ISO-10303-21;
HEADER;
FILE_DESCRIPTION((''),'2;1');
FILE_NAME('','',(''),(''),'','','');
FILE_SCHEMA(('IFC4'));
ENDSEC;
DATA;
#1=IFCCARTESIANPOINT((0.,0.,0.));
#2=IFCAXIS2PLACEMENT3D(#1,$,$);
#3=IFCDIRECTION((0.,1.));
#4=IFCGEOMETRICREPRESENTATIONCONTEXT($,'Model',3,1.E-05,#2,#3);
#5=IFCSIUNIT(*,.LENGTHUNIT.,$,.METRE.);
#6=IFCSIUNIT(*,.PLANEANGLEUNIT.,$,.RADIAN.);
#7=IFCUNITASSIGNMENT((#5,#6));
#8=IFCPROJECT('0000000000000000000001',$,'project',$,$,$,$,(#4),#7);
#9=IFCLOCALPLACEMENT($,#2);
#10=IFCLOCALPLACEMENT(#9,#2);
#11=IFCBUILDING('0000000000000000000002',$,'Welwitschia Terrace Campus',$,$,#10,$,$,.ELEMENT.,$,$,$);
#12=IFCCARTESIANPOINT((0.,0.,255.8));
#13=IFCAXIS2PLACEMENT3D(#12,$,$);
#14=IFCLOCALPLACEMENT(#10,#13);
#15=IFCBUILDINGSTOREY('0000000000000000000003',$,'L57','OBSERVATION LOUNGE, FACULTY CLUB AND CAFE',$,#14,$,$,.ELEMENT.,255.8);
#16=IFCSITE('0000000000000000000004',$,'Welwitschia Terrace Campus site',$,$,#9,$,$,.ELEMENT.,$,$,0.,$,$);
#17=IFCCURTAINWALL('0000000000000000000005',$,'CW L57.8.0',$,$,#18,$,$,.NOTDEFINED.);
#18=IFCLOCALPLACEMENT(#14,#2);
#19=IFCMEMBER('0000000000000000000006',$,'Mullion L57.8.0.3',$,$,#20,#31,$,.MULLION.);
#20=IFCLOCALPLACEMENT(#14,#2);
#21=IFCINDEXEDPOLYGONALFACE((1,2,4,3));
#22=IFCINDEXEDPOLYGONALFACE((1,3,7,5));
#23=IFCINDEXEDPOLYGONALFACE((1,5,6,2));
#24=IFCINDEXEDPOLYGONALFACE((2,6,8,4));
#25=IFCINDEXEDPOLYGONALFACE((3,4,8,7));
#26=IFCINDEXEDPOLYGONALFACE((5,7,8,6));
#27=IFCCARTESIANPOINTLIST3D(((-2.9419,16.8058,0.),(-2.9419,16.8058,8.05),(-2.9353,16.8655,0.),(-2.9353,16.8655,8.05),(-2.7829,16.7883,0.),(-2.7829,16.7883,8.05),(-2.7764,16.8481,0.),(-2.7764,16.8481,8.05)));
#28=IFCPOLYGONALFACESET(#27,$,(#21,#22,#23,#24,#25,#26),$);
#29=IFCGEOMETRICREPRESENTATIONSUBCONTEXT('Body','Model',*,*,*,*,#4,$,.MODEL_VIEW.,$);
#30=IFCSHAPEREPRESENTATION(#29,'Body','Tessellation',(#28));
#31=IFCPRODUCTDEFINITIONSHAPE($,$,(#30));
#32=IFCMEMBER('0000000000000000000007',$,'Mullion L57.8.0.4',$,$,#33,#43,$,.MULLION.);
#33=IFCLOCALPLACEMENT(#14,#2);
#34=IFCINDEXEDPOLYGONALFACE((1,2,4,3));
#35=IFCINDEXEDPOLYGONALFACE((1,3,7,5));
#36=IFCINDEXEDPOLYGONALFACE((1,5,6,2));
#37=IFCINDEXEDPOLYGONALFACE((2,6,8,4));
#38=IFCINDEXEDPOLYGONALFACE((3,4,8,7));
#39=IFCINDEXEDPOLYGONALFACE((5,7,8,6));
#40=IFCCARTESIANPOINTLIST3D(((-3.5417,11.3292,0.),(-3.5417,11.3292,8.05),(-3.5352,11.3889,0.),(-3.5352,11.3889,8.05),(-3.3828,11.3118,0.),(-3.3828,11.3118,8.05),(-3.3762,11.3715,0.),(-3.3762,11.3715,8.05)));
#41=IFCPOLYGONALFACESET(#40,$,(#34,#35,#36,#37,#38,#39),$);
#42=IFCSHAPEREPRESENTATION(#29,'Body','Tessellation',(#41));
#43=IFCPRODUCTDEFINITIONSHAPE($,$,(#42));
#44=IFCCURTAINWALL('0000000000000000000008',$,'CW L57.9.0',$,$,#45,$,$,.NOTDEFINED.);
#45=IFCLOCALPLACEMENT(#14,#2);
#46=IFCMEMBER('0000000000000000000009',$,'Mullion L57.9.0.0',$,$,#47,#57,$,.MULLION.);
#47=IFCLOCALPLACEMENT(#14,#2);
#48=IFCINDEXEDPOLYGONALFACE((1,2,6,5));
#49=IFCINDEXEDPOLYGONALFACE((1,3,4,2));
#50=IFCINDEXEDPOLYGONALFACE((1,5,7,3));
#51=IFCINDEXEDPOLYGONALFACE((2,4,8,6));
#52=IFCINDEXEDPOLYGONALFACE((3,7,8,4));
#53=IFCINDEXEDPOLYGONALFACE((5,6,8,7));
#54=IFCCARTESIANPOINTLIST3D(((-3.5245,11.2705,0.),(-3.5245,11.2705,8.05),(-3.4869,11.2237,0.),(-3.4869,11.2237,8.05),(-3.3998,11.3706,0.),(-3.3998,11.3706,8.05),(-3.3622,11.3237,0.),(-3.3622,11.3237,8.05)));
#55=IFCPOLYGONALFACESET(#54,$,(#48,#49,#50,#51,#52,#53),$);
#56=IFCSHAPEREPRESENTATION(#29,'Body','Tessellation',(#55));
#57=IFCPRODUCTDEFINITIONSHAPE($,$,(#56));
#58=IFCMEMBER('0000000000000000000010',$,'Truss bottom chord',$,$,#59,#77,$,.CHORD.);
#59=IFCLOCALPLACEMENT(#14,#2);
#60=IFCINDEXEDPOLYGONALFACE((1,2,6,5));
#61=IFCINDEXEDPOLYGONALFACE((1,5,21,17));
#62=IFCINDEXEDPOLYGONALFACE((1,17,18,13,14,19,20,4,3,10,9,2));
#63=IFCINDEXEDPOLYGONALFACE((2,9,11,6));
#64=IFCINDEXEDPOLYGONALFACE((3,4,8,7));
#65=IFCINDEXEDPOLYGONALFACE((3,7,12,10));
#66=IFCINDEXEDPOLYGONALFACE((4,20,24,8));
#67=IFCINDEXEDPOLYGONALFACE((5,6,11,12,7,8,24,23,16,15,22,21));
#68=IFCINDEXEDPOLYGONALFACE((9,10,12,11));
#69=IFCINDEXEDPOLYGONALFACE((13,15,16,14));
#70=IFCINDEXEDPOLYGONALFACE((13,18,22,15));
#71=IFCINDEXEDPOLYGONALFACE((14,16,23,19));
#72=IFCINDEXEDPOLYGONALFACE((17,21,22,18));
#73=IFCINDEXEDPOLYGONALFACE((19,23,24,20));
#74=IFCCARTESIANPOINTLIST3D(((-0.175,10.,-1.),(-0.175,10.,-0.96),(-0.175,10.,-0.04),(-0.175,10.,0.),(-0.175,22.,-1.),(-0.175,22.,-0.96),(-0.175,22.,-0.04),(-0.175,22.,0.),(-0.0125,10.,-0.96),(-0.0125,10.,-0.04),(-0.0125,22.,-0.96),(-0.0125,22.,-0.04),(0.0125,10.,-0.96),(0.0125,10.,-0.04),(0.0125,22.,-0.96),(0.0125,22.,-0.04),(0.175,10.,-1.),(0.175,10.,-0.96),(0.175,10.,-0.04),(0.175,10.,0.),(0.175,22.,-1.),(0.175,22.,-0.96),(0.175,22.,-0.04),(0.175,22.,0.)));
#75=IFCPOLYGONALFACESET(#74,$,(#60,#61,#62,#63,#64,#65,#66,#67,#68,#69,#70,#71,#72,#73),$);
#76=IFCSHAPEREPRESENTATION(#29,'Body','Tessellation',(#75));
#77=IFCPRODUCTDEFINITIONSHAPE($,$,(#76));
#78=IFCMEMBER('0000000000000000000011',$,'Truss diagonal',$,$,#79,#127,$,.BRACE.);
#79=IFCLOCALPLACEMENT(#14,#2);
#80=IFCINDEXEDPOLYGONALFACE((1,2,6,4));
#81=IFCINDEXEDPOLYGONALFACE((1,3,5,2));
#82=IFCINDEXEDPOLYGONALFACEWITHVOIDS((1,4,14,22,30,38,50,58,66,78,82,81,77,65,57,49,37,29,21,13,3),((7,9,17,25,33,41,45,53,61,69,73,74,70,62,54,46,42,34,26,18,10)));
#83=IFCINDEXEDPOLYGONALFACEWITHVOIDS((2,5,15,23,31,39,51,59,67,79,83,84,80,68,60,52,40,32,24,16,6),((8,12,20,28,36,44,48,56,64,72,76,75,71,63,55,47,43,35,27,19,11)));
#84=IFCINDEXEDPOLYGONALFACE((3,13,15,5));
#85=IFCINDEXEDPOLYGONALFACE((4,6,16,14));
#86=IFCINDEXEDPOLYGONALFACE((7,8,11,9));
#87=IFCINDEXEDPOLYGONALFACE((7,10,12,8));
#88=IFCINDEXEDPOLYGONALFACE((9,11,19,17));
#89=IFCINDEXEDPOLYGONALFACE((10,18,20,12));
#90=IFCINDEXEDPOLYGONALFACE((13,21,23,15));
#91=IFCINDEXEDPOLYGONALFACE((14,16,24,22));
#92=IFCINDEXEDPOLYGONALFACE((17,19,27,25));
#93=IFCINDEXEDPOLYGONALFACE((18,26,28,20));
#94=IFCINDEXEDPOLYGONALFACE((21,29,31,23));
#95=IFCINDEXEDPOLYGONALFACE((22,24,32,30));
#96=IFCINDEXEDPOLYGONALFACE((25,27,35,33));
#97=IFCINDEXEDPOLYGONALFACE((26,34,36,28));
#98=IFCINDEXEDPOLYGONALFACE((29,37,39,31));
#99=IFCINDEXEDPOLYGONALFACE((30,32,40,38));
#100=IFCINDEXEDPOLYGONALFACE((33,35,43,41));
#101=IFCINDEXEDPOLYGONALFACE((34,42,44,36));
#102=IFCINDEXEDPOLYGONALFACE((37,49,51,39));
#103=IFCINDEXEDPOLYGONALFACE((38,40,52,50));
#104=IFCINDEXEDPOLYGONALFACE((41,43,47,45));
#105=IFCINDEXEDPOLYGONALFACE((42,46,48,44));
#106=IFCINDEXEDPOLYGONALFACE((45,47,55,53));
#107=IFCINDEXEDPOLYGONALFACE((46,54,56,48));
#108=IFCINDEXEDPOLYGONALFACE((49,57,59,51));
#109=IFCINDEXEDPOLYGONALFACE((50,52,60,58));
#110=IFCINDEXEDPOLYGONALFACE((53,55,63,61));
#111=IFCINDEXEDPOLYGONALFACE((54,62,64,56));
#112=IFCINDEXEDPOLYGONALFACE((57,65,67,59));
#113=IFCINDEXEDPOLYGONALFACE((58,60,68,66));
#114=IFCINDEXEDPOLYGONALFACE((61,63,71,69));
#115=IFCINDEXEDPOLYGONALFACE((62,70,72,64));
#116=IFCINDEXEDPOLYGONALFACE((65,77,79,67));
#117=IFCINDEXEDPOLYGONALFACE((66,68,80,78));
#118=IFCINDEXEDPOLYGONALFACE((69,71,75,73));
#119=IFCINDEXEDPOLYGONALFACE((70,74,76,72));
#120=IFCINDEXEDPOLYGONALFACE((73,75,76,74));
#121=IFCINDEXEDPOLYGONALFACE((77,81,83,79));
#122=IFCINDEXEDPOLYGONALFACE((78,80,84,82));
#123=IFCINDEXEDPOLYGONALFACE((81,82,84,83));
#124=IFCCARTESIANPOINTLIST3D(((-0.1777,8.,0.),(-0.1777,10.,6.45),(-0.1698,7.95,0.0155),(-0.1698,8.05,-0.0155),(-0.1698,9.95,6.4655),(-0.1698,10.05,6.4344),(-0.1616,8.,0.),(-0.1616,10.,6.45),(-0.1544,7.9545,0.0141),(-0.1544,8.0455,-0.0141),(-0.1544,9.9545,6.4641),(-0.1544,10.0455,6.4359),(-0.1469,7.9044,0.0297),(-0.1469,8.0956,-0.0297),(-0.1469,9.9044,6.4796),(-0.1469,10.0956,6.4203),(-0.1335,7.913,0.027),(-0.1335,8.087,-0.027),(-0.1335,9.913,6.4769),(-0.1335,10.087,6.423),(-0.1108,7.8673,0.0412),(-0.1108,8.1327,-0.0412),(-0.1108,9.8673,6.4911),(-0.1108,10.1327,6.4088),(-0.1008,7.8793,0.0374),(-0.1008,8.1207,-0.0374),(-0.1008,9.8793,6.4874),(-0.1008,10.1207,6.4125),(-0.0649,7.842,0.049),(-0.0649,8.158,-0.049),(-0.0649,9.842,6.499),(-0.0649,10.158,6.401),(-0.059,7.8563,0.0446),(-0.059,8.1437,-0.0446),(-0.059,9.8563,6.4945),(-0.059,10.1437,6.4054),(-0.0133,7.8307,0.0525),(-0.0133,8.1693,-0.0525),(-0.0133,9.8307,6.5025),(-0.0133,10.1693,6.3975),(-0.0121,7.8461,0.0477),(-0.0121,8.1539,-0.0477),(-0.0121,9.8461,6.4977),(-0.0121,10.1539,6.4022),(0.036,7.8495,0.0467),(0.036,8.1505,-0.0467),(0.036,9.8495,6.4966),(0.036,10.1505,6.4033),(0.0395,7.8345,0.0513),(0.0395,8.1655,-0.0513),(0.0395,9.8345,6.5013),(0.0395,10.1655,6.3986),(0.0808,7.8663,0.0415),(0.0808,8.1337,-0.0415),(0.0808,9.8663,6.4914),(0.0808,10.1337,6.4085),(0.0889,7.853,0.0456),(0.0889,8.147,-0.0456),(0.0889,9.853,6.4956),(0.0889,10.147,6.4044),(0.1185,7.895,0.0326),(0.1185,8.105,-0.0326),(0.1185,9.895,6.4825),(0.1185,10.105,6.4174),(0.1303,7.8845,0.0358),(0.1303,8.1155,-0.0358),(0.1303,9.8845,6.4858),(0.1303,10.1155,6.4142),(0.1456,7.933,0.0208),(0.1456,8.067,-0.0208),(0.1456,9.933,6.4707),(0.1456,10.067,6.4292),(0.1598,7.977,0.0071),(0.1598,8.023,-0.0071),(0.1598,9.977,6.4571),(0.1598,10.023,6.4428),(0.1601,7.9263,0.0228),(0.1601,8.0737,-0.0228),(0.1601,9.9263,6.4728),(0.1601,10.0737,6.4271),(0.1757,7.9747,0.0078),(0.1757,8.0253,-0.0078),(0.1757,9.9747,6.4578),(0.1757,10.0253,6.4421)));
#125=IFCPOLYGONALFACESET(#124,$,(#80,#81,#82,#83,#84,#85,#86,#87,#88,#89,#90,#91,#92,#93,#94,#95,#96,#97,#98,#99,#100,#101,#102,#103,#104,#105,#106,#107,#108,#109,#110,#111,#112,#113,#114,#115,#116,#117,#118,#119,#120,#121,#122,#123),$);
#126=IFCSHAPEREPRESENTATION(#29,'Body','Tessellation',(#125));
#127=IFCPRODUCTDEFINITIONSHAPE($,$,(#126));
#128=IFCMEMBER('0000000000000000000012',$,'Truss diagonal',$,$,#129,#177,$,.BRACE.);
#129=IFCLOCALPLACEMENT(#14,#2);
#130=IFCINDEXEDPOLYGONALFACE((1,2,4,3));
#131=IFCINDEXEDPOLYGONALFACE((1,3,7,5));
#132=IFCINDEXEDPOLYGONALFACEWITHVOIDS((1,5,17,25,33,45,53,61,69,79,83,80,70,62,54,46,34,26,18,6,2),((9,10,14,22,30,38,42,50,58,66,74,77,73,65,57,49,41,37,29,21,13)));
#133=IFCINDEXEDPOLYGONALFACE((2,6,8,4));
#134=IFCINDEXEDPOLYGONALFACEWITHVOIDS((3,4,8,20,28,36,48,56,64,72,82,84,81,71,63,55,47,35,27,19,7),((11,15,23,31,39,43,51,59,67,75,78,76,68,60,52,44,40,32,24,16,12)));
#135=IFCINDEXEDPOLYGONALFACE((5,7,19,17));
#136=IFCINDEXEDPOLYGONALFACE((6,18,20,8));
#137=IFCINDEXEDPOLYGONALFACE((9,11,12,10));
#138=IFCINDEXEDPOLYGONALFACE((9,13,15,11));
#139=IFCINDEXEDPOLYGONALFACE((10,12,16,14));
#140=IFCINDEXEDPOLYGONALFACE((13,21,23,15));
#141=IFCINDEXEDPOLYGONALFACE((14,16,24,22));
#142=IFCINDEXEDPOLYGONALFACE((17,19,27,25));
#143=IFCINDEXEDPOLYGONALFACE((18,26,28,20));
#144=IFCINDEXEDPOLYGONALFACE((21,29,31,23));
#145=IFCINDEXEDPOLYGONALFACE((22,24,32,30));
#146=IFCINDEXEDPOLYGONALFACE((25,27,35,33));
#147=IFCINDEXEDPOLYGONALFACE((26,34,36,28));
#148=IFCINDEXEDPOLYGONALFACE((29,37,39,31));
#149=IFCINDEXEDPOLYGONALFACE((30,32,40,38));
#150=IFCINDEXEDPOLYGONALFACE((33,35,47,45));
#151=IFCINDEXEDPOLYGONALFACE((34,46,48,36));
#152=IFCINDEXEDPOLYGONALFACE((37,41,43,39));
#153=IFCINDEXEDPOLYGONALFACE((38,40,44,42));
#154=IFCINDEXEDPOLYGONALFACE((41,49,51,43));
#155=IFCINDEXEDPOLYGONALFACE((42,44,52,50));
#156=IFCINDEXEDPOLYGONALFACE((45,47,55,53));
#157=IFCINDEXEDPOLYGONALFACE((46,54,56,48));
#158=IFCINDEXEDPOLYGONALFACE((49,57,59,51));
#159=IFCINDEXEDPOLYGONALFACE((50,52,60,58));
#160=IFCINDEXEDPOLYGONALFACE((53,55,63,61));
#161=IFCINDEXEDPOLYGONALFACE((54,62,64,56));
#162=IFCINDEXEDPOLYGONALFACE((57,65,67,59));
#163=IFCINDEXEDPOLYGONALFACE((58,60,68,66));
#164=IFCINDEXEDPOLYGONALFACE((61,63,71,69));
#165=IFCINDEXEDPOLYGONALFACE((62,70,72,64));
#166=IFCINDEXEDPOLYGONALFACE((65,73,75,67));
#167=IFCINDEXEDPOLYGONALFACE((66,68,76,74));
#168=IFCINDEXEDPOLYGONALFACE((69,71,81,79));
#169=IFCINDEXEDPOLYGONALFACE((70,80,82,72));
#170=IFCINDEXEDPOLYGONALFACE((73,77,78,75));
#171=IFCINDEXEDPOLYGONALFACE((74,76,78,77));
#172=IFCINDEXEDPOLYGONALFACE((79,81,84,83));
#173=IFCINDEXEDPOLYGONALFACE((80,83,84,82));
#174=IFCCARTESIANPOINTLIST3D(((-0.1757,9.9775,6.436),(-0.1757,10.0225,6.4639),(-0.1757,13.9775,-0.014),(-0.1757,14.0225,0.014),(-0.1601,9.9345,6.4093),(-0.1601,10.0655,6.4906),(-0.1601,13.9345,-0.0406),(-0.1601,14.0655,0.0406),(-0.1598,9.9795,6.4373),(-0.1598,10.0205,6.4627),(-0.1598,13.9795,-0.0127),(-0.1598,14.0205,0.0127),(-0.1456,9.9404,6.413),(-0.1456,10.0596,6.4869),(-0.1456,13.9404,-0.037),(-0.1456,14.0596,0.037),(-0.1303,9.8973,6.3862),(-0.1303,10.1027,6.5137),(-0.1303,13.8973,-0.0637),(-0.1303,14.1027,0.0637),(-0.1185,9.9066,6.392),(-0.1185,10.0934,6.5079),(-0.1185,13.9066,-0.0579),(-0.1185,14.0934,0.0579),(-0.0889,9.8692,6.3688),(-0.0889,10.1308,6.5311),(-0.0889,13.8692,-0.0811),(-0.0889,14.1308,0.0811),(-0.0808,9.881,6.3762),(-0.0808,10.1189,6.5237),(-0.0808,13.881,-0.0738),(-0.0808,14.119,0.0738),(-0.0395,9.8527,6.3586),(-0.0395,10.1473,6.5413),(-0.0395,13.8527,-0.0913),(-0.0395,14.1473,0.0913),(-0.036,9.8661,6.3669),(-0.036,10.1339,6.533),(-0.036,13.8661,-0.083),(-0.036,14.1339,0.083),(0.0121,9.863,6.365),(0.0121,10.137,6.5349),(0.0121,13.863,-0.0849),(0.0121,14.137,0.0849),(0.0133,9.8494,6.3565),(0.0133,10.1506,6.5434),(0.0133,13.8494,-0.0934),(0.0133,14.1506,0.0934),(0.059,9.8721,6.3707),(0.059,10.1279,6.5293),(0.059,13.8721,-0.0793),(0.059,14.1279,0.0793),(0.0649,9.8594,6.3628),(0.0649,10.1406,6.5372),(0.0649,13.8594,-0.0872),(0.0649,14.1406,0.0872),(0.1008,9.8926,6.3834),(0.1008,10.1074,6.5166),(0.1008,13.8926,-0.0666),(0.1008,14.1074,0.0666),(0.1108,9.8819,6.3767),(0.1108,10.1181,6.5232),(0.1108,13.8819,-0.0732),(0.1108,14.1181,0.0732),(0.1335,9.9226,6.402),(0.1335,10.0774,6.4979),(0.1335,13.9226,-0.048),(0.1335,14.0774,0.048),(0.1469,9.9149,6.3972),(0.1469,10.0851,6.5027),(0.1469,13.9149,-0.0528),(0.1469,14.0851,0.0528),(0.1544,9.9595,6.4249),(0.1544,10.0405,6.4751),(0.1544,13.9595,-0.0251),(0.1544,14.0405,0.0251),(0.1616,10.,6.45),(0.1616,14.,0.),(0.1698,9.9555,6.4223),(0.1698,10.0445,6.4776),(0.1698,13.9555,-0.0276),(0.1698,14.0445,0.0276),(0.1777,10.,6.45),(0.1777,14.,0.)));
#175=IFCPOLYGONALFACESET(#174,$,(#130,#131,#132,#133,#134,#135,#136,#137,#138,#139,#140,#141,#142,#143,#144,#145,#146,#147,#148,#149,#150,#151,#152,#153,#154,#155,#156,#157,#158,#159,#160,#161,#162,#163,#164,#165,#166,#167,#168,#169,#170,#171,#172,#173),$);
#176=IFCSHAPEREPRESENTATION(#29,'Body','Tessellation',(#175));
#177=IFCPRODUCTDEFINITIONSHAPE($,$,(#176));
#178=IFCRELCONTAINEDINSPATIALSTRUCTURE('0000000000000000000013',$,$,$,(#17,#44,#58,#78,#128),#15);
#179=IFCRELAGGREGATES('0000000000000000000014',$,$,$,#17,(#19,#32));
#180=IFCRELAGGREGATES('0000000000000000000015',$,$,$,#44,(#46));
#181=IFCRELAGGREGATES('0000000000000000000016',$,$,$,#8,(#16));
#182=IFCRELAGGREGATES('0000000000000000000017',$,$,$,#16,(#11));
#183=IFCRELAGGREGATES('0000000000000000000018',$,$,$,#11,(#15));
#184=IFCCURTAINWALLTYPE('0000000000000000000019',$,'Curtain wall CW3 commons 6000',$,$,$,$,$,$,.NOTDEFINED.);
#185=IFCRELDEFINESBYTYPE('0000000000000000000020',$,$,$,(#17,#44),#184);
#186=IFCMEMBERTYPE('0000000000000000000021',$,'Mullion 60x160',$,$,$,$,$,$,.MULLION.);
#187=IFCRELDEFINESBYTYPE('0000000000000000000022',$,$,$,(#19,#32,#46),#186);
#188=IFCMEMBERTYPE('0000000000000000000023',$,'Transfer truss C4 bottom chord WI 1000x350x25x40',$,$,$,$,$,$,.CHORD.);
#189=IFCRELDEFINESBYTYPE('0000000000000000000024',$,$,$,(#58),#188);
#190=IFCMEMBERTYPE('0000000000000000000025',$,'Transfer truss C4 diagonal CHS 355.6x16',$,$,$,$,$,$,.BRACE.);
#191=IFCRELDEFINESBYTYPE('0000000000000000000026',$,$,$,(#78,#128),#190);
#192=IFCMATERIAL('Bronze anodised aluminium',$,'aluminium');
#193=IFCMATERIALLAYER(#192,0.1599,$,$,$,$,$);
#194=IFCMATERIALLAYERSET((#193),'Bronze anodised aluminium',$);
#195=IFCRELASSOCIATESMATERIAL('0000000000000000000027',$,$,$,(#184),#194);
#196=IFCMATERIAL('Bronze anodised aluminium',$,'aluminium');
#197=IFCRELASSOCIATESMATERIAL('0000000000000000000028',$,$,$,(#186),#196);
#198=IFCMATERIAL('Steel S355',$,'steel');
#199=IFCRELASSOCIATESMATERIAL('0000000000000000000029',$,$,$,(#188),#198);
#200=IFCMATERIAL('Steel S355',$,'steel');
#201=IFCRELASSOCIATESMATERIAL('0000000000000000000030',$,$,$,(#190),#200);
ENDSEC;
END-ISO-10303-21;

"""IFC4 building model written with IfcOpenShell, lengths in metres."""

from ifc_helpers import new_model, si_unit, direction, frame, origin, origin_2d, place, context, subcontext, project, spatial, rectangle, hollow_circle, i_section, extrude, material, layer, layer_set, material_profile, profile_set, type_object, element, aggregate, save


model = new_model("IFC4")

# Units and contexts
model_context = context("Model", 3, precision=1e-05, world=origin(), true_north=direction((0.0, 1.0)))
body_context = subcontext(model_context, "Body", "Model", "MODEL_VIEW")
ifc_project = project(units=[si_unit("LENGTHUNIT", "METRE"), si_unit("PLANEANGLEUNIT", "RADIAN")], contexts=[model_context])

# Site, building, storey
site_placement = place(None, origin())
site = spatial("IfcSite", under=ifc_project, at=site_placement, Name="Welwitschia Terrace Campus site", CompositionType="ELEMENT", RefElevation=0.0)
building_placement = place(site_placement, origin())
building = spatial("IfcBuilding", under=site, at=building_placement, Name="Welwitschia Terrace Campus", CompositionType="ELEMENT")
storey_placement = place(building_placement, frame((0.0, 0.0, 255.8)))
storey = spatial("IfcBuildingStorey", under=building, at=storey_placement, Name="L57", Description="OBSERVATION LOUNGE, FACULTY CLUB AND CAFE", CompositionType="ELEMENT", Elevation=255.8)

# Curtain wall, members
ifc_material_1 = material(Name="Bronze anodised aluminium", Category="aluminium")
ifc_layer_1 = layer(ifc_material_1, 0.1599)
ifc_layer_set_1 = layer_set([ifc_layer_1], Name="Bronze anodised aluminium")
curtain_wall_type = type_object("IfcCurtainWallType", Name="Curtain wall CW3 commons 6000", PredefinedType="NOTDEFINED", material=ifc_layer_set_1)
curtain_wall_1_placement = place(storey_placement, origin())
curtain_wall_1 = element("IfcCurtainWall", 1, at=curtain_wall_1_placement, inside=storey, type_object=curtain_wall_type, Name="CW L57.8.0", PredefinedType="NOTDEFINED")
ifc_material_2 = material(Name="Bronze anodised aluminium", Category="aluminium")
ifc_material_profile_1 = material_profile(ifc_material_2, rectangle(XDim=0.1599, YDim=0.0601, at=origin_2d()))
ifc_profile_set_1 = profile_set([ifc_material_profile_1], Name="Bronze anodised aluminium")
member_type_1 = type_object("IfcMemberType", Name="Mullion 60x160", PredefinedType="MULLION", material=ifc_profile_set_1)
member_1_placement = place(storey_placement, frame((-2.8591, 16.8269, 0.0), z_axis=(0.0, 0.0, 1.0), x_axis=(0.994056, -0.108867, 0.0)))
member_1 = element("IfcMember", 2, at=member_1_placement, type_object=member_type_1, Name="Mullion L57.8.0.3", PredefinedType="MULLION", context=body_context, shape_type="SweptSolid", body=[
    extrude(rectangle(XDim=0.1599, YDim=0.0601, at=origin_2d()), origin(), (0.0, 0.0, 1.0), 8.05),
])
member_2_placement = place(storey_placement, frame((-3.459, 11.3503, 0.0), z_axis=(0.0, 0.0, 1.0), x_axis=(0.994056, -0.108867, 0.0)))
member_2 = element("IfcMember", 3, at=member_2_placement, type_object=member_type_1, Name="Mullion L57.8.0.4", PredefinedType="MULLION", context=body_context, shape_type="SweptSolid", body=[
    extrude(rectangle(XDim=0.1599, YDim=0.0601, at=origin_2d()), origin(), (0.0, 0.0, 1.0), 8.05),
])

# Curtain wall, member
curtain_wall_2_placement = place(storey_placement, origin())
curtain_wall_2 = element("IfcCurtainWall", 4, at=curtain_wall_2_placement, inside=storey, type_object=curtain_wall_type, Name="CW L57.9.0", PredefinedType="NOTDEFINED")
member_3_placement = place(storey_placement, frame((-3.4434, 11.2971, 0.0), z_axis=(0.0, 0.0, 1.0), x_axis=(0.779884, 0.625923, 0.0)))
member_3 = element("IfcMember", 5, at=member_3_placement, type_object=member_type_1, Name="Mullion L57.9.0.0", PredefinedType="MULLION", context=body_context, shape_type="SweptSolid", body=[
    extrude(rectangle(XDim=0.1599, YDim=0.0601, at=origin_2d()), origin(), (0.0, 0.0, 1.0), 8.05),
])

# Members
ifc_material_3 = material(Name="Steel S355", Category="steel")
ifc_material_profile_2 = material_profile(ifc_material_3, i_section(OverallWidth=0.3501, OverallDepth=1.0, WebThickness=0.0249, FlangeThickness=0.04, at=origin_2d()))
ifc_profile_set_2 = profile_set([ifc_material_profile_2], Name="Steel S355")
member_type_2 = type_object("IfcMemberType", Name="Transfer truss C4 bottom chord WI 1000x350x25x40", PredefinedType="CHORD", material=ifc_profile_set_2)
member_4_placement = place(storey_placement, frame((0.0, 10.0, -0.5), z_axis=(0.0, 1.0, 0.0), x_axis=(-1.0, 0.0, 0.0)))
element("IfcMember", 6, at=member_4_placement, inside=storey, type_object=member_type_2, Name="Truss bottom chord", PredefinedType="CHORD", context=body_context, shape_type="SweptSolid", body=[
    extrude(i_section(OverallWidth=0.3501, OverallDepth=1.0, WebThickness=0.0249, FlangeThickness=0.04, at=origin_2d()), origin(), (0.0, 0.0, 1.0), 12.0),
])
ifc_material_4 = material(Name="Steel S355", Category="steel")
ifc_material_profile_3 = material_profile(ifc_material_4, hollow_circle(Radius=0.1777, WallThickness=0.0161, at=origin_2d()))
ifc_profile_set_3 = profile_set([ifc_material_profile_3], Name="Steel S355")
member_type_3 = type_object("IfcMemberType", Name="Transfer truss C4 diagonal CHS 355.6x16", PredefinedType="BRACE", material=ifc_profile_set_3)
member_5_placement = place(storey_placement, frame((0.0, 8.0, 0.0), z_axis=(0.0, 0.296168, 0.955136), x_axis=(-1.0, 0.0, 0.0)))
element("IfcMember", 7, at=member_5_placement, inside=storey, type_object=member_type_3, Name="Truss diagonal", PredefinedType="BRACE", context=body_context, shape_type="SweptSolid", body=[
    extrude(hollow_circle(Radius=0.1777, WallThickness=0.0161, at=origin_2d()), origin(), (0.0, 0.0, 1.0), 6.7529),
])
member_6_placement = place(storey_placement, frame((0.0, 14.0, 0.0), z_axis=(0.0, -0.527038, 0.849842), x_axis=(1.0, 0.0, 0.0)))
element("IfcMember", 8, at=member_6_placement, inside=storey, type_object=member_type_3, Name="Truss diagonal", PredefinedType="BRACE", context=body_context, shape_type="SweptSolid", body=[
    extrude(hollow_circle(Radius=0.1777, WallThickness=0.0161, at=origin_2d()), origin(), (0.0, 0.0, 1.0), 7.5896),
])

aggregate(curtain_wall_1, [member_1, member_2])
aggregate(curtain_wall_2, [member_3])

save(model, "model.ifc")
